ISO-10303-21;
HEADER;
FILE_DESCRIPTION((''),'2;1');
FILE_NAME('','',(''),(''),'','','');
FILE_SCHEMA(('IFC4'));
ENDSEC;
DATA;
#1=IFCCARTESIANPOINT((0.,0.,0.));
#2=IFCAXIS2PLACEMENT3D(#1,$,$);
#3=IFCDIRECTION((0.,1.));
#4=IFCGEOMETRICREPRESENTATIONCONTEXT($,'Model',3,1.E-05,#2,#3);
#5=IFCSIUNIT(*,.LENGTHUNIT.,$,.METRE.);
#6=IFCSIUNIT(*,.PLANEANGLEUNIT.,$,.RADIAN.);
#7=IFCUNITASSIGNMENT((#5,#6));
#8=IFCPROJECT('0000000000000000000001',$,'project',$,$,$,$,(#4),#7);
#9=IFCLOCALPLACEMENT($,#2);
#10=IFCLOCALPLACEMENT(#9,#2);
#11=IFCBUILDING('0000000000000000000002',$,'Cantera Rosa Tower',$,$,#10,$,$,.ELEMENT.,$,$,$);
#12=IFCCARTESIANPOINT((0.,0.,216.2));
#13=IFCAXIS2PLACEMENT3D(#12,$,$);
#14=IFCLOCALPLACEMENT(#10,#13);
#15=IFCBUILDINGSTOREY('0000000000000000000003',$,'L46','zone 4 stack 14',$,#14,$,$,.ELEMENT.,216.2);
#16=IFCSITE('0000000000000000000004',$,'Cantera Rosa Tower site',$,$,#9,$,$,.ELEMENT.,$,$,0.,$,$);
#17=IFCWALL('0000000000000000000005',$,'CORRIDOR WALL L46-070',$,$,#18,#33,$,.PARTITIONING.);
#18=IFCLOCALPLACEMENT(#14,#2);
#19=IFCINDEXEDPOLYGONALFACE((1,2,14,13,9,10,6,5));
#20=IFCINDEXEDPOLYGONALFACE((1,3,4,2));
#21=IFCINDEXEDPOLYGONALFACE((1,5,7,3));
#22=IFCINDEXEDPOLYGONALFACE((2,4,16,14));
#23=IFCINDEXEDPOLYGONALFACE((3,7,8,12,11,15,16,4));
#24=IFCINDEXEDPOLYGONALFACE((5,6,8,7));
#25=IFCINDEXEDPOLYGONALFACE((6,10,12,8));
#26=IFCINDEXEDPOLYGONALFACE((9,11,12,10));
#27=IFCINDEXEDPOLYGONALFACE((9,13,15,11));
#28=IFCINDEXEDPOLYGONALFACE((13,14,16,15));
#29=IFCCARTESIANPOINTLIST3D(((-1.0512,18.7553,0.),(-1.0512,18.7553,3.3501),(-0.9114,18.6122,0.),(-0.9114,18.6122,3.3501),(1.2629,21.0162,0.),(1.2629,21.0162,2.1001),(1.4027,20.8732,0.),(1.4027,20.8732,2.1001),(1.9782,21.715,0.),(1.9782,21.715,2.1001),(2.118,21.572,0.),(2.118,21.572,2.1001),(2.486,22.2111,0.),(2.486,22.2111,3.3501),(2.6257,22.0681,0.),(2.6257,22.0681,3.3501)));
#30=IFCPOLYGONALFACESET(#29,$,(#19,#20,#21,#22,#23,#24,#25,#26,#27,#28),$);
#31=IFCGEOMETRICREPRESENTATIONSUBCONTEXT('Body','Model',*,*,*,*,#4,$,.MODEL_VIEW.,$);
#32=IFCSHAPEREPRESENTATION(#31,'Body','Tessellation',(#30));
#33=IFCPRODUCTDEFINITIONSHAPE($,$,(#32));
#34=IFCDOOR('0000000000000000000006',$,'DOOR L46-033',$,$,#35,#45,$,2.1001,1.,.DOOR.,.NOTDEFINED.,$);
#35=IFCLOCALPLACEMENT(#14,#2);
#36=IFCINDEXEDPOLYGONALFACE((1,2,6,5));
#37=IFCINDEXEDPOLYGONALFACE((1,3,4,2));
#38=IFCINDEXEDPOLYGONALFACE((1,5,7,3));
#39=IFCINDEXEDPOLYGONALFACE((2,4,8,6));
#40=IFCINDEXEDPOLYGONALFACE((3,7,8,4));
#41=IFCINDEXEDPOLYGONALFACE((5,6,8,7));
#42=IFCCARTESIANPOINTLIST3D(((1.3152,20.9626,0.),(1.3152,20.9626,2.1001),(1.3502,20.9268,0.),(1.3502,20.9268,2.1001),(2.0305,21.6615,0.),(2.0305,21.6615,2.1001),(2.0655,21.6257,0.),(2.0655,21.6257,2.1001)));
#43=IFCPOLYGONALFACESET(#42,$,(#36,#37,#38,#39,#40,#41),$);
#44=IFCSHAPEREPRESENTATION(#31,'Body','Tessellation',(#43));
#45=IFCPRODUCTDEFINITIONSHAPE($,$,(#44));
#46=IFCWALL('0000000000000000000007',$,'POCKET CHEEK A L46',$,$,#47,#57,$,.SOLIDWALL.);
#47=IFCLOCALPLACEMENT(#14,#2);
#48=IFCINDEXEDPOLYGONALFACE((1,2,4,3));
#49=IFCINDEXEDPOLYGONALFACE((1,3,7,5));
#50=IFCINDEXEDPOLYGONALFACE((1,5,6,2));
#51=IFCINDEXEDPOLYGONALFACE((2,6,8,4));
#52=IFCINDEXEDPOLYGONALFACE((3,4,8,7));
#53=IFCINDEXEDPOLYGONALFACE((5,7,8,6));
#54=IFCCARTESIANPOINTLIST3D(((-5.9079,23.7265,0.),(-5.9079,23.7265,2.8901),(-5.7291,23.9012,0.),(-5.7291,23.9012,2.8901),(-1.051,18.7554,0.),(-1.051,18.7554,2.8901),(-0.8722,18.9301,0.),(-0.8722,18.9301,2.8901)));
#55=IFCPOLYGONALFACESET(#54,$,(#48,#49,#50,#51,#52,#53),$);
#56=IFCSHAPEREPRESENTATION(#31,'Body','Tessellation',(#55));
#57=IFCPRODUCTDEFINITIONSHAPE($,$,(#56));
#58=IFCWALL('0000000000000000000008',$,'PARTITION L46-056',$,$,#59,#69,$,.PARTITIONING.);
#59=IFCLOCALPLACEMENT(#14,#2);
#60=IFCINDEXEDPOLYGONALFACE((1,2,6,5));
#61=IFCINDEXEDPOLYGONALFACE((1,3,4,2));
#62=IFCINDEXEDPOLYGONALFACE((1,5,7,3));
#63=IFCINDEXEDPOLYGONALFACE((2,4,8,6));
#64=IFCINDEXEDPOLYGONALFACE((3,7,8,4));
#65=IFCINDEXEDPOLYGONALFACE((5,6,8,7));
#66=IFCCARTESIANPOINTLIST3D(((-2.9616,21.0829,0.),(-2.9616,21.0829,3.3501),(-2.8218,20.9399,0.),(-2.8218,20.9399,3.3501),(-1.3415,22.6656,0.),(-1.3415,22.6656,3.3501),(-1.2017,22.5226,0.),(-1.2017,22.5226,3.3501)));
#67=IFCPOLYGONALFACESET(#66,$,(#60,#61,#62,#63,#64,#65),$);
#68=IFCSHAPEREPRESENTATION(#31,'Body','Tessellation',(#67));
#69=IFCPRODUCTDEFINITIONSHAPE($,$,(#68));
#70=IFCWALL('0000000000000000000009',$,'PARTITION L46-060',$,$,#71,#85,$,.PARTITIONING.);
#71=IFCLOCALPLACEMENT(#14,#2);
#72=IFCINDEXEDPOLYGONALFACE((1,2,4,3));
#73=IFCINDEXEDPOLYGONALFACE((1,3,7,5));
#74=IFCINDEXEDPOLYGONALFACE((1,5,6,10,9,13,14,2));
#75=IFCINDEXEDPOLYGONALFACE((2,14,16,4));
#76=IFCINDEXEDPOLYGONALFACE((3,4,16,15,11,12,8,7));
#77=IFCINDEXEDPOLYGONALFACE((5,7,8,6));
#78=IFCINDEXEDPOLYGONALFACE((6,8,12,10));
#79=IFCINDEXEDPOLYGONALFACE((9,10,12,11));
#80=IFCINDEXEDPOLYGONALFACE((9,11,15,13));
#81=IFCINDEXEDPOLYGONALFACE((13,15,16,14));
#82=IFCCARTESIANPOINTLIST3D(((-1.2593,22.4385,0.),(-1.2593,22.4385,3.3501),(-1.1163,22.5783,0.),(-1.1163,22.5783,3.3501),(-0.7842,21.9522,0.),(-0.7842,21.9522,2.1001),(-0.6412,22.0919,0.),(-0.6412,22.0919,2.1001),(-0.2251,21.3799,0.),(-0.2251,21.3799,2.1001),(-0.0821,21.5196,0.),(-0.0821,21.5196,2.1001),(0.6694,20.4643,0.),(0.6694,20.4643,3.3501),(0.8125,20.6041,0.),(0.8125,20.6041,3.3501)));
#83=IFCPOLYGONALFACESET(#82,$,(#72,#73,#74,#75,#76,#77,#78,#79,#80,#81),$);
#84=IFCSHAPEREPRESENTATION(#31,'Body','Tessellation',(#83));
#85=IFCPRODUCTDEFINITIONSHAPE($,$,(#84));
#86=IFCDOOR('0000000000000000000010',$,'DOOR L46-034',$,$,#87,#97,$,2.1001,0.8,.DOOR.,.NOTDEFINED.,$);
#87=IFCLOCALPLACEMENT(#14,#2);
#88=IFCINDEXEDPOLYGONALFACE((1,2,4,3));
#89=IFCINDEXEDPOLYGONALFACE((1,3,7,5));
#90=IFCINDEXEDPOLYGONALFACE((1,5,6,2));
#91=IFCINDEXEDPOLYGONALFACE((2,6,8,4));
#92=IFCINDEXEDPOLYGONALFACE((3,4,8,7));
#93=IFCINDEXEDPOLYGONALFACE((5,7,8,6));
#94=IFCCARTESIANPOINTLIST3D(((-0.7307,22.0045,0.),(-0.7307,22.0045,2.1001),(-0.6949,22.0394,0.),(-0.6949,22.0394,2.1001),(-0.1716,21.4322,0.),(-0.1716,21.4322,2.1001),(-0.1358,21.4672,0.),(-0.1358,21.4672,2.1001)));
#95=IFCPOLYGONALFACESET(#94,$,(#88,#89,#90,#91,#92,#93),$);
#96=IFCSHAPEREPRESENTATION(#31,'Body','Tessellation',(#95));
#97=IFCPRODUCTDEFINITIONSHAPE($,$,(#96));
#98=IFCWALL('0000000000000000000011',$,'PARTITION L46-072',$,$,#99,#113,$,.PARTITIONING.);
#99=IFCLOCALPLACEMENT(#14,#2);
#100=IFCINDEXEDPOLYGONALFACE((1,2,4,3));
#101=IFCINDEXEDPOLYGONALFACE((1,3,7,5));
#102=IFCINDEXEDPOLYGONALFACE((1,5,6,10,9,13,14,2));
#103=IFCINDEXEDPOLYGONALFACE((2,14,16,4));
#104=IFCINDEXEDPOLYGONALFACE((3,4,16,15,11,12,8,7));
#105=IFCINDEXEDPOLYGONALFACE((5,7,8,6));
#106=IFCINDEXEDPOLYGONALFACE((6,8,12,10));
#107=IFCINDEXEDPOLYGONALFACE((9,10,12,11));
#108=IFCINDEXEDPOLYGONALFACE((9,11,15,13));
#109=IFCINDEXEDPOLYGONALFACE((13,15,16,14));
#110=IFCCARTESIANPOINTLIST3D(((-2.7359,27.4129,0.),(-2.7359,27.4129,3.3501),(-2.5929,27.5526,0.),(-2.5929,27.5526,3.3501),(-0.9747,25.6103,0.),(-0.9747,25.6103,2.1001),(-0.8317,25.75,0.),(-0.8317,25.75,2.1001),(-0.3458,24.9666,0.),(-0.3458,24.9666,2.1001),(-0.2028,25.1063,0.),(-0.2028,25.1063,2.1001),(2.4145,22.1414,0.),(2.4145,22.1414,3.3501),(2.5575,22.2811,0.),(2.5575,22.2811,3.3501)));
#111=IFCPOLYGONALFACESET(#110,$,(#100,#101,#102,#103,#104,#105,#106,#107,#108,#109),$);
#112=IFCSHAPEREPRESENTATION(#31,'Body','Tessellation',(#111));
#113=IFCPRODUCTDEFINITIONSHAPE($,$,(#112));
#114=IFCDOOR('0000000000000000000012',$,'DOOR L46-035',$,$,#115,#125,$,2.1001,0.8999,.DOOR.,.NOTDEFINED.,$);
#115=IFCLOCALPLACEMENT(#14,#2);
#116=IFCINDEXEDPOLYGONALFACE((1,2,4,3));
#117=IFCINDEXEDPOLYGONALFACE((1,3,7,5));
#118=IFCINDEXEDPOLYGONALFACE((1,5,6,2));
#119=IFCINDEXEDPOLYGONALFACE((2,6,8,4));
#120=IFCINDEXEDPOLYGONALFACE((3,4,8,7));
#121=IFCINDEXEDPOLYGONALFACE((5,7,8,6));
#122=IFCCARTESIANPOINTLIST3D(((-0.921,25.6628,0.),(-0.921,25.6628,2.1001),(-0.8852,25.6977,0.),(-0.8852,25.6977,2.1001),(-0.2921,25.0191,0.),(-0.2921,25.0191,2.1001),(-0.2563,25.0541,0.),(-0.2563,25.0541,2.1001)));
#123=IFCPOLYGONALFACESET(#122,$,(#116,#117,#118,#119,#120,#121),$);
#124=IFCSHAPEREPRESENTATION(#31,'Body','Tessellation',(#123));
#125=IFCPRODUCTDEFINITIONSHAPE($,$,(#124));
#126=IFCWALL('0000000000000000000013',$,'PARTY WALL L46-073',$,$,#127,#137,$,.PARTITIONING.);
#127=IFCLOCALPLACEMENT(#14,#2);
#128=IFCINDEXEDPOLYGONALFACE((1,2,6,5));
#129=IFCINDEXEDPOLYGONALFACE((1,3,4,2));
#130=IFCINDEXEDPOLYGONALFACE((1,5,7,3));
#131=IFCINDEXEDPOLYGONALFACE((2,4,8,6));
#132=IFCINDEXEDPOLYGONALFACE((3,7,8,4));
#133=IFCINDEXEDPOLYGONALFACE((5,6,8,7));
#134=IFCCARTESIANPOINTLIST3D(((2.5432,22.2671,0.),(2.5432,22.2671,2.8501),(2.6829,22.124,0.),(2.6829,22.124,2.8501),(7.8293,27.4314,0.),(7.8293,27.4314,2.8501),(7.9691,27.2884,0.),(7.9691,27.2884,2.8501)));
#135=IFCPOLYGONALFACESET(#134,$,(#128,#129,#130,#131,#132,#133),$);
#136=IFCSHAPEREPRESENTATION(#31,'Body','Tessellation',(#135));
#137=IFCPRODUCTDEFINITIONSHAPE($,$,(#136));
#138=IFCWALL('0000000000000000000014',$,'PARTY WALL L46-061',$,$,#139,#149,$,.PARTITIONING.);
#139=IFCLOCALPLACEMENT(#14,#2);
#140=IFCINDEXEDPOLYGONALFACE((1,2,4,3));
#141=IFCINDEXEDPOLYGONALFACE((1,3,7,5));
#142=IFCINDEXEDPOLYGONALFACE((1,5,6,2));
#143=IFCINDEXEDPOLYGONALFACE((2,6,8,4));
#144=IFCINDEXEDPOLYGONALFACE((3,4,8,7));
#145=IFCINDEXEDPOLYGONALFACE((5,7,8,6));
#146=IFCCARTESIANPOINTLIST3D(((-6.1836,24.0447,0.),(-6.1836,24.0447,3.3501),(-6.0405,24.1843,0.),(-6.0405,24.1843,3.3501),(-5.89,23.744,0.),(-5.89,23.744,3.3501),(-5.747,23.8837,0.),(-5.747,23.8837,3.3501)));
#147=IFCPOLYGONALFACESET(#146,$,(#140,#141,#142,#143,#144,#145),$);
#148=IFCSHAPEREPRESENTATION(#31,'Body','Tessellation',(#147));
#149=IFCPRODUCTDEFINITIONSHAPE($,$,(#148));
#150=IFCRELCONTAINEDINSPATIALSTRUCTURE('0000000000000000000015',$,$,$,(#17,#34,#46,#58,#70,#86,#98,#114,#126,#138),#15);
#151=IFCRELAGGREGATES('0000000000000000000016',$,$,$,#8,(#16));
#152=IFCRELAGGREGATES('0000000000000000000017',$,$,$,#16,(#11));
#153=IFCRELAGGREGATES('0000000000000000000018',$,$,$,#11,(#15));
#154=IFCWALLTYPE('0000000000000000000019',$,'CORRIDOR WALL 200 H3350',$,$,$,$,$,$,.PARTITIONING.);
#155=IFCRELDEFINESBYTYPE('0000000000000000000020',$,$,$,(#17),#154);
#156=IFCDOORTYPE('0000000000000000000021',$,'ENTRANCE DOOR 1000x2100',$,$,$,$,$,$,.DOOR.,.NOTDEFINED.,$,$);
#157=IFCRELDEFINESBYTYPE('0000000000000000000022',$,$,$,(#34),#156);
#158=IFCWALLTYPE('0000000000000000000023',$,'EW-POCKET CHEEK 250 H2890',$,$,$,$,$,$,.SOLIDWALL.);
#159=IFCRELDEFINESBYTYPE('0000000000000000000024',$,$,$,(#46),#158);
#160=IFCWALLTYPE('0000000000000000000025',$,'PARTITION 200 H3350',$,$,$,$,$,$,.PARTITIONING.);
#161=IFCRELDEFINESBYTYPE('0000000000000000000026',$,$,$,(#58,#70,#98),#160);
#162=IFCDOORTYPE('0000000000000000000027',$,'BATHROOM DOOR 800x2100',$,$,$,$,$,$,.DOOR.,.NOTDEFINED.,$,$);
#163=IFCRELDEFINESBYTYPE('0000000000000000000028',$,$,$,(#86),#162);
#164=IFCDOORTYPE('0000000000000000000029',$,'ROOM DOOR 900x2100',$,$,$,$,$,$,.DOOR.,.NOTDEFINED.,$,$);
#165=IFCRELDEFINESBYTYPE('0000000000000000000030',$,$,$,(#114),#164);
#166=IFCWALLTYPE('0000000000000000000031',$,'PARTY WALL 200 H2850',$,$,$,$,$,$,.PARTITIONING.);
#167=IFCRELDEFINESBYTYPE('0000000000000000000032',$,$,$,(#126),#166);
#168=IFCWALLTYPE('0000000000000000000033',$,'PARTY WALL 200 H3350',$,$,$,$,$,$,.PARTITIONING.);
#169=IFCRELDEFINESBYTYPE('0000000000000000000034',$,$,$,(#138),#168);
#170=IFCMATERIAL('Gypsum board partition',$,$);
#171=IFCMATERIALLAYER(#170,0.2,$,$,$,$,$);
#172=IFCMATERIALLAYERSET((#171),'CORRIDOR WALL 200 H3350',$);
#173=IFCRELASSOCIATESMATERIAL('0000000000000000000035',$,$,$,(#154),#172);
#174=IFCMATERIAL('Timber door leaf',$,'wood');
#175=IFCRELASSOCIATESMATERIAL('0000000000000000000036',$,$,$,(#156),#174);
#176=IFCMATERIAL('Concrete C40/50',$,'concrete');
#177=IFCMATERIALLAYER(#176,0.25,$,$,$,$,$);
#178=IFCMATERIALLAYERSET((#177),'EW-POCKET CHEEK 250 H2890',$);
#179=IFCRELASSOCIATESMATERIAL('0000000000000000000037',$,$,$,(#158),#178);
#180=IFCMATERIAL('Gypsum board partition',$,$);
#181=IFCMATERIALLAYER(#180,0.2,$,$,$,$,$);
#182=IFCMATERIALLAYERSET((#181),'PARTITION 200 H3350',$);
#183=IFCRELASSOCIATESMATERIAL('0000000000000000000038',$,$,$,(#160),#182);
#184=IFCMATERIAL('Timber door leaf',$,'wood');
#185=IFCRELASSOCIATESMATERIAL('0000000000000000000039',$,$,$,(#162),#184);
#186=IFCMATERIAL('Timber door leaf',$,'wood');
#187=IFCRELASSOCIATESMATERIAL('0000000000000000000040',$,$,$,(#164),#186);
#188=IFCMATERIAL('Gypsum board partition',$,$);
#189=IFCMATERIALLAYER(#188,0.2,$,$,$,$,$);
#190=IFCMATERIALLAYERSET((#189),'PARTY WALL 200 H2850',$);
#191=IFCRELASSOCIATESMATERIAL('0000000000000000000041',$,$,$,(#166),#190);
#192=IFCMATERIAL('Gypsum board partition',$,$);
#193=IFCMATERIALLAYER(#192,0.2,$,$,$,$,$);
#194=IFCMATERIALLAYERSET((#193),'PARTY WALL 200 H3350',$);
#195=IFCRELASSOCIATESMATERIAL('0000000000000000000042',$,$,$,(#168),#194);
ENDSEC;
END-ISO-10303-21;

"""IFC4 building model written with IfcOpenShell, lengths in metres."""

from ifc_helpers import new_model, si_unit, direction, frame, frame_2d, origin, place, context, subcontext, project, spatial, rectangle, extrude, material, layer, layer_set, type_object, element, fill, save


model = new_model("IFC4")

# Units and contexts
model_context = context("Model", 3, precision=1e-05, world=origin(), true_north=direction((0.0, 1.0)))
body_context = subcontext(model_context, "Body", "Model", "MODEL_VIEW")
ifc_project = project(units=[si_unit("LENGTHUNIT", "METRE"), si_unit("PLANEANGLEUNIT", "RADIAN")], contexts=[model_context])

# Site, building, storey
site_placement = place(None, origin())
site = spatial("IfcSite", under=ifc_project, at=site_placement, Name="Cantera Rosa Tower site", CompositionType="ELEMENT", RefElevation=0.0)
building_placement = place(site_placement, origin())
building = spatial("IfcBuilding", under=site, at=building_placement, Name="Cantera Rosa Tower", CompositionType="ELEMENT")
storey_placement = place(building_placement, frame((0.0, 0.0, 216.2)))
storey = spatial("IfcBuildingStorey", under=building, at=storey_placement, Name="L46", Description="zone 4 stack 14", CompositionType="ELEMENT", Elevation=216.2)

# Shared definitions
ifc_material_1 = material(Name="Gypsum board partition")
ifc_layer_1 = layer(ifc_material_1, 0.2)
ifc_layer_set_1 = layer_set([ifc_layer_1], Name="CORRIDOR WALL 200 H3350")
wall_type_1 = type_object("IfcWallType", Name="CORRIDOR WALL 200 H3350", PredefinedType="PARTITIONING", material=ifc_layer_set_1)

# Wall, opening, door
wall_1_placement = place(storey_placement, frame((2.5559, 22.1396, 0.0), z_axis=(0.0, 0.0, 1.0), x_axis=(-0.715279, -0.698839, 0.0)))
wall_1 = element("IfcWall", 1, at=wall_1_placement, inside=storey, type_object=wall_type_1, Name="CORRIDOR WALL L46-070", PredefinedType="PARTITIONING", context=body_context, shape_type="SweptSolid", body=[
    extrude(rectangle(XDim=4.9451, YDim=0.2, at=frame_2d((2.4727, 0.0))), origin(), (0.0, 0.0, 1.0), 3.3501),
])
opening_1_placement = place(wall_1_placement, frame((0.71, 0.0, 0.0)))
opening_1 = element("IfcOpeningElement", 2, at=opening_1_placement, cuts=wall_1, PredefinedType="OPENING", context=body_context, shape_type="SweptSolid", body=[
    extrude(rectangle(XDim=1.0, YDim=2.1001, at=frame_2d((0.5, 1.05))), frame((0.0, 0.1099, 0.0), z_axis=(0.0, -1.0, 0.0), x_axis=(1.0, 0.0, 0.0)), (0.0, 0.0, 1.0), 0.22),
])
ifc_material_2 = material(Name="Timber door leaf", Category="wood")
door_type_1 = type_object("IfcDoorType", Name="ENTRANCE DOOR 1000x2100", OperationType="NOTDEFINED", PredefinedType="DOOR", material=ifc_material_2)
door_1_placement = place(opening_1_placement, origin())
door_1 = element("IfcDoor", 3, at=door_1_placement, inside=storey, type_object=door_type_1, Name="DOOR L46-033", OperationType="NOTDEFINED", OverallHeight=2.1001, OverallWidth=1.0, PredefinedType="DOOR", context=body_context, shape_type="SweptSolid", body=[
    extrude(rectangle(XDim=1.0, YDim=2.1001, at=frame_2d((0.5, 1.05))), frame((0.0, 0.0249, 0.0), z_axis=(0.0, -1.0, 0.0), x_axis=(1.0, 0.0, 0.0)), (0.0, 0.0, 1.0), 0.05),
])
fill(opening_1, door_1)

# Wall
ifc_material_3 = material(Name="Concrete C40/50", Category="concrete")
ifc_layer_2 = layer(ifc_material_3, 0.25)
ifc_layer_set_2 = layer_set([ifc_layer_2], Name="EW-POCKET CHEEK 250 H2890")
wall_type_2 = type_object("IfcWallType", Name="EW-POCKET CHEEK 250 H2890", PredefinedType="SOLIDWALL", material=ifc_layer_set_2)
wall_2_placement = place(storey_placement, frame((-5.8186, 23.814, 0.0), z_axis=(0.0, 0.0, 1.0), x_axis=(0.698839, -0.715279, 0.0)))
element("IfcWall", 4, at=wall_2_placement, inside=storey, type_object=wall_type_2, Name="POCKET CHEEK A L46", PredefinedType="SOLIDWALL", context=body_context, shape_type="SweptSolid", body=[
    extrude(rectangle(XDim=6.95, YDim=0.25, at=frame_2d((3.4751, 0.0))), origin(), (0.0, 0.0, 1.0), 2.8901),
])

# Wall
ifc_material_4 = material(Name="Gypsum board partition")
ifc_layer_3 = layer(ifc_material_4, 0.2)
ifc_layer_set_3 = layer_set([ifc_layer_3], Name="PARTITION 200 H3350")
wall_type_3 = type_object("IfcWallType", Name="PARTITION 200 H3350", PredefinedType="PARTITIONING", material=ifc_layer_set_3)
wall_3_placement = place(storey_placement, frame((-2.8916, 21.0115, 0.0), z_axis=(0.0, 0.0, 1.0), x_axis=(0.715305, 0.698813, 0.0)))
element("IfcWall", 5, at=wall_3_placement, inside=storey, type_object=wall_type_3, Name="PARTITION L46-056", PredefinedType="PARTITIONING", context=body_context, shape_type="SweptSolid", body=[
    extrude(rectangle(XDim=2.2649, YDim=0.2, at=frame_2d((1.1323, 0.0))), origin(), (0.0, 0.0, 1.0), 3.3501),
])

# Walls, openings, doors
wall_4_placement = place(storey_placement, frame((-1.1877, 22.5083, 0.0), z_axis=(0.0, 0.0, 1.0), x_axis=(0.698832, -0.715286, 0.0)))
wall_4 = element("IfcWall", 6, at=wall_4_placement, inside=storey, type_object=wall_type_3, Name="PARTITION L46-060", PredefinedType="PARTITIONING", context=body_context, shape_type="SweptSolid", body=[
    extrude(rectangle(XDim=2.76, YDim=0.2, at=frame_2d((1.3799, 0.0))), origin(), (0.0, 0.0, 1.0), 3.3501),
])
opening_2_placement = place(wall_4_placement, frame((0.6799, 0.0, 0.0)))
opening_2 = element("IfcOpeningElement", 7, at=opening_2_placement, cuts=wall_4, PredefinedType="OPENING", context=body_context, shape_type="SweptSolid", body=[
    extrude(rectangle(XDim=0.8, YDim=2.1001, at=frame_2d((0.3999, 1.05))), frame((0.0, 0.1099, 0.0), z_axis=(0.0, -1.0, 0.0), x_axis=(1.0, 0.0, 0.0)), (0.0, 0.0, 1.0), 0.22),
])
ifc_material_5 = material(Name="Timber door leaf", Category="wood")
door_type_2 = type_object("IfcDoorType", Name="BATHROOM DOOR 800x2100", OperationType="NOTDEFINED", PredefinedType="DOOR", material=ifc_material_5)
door_2_placement = place(opening_2_placement, origin())
door_2 = element("IfcDoor", 8, at=door_2_placement, inside=storey, type_object=door_type_2, Name="DOOR L46-034", OperationType="NOTDEFINED", OverallHeight=2.1001, OverallWidth=0.8, PredefinedType="DOOR", context=body_context, shape_type="SweptSolid", body=[
    extrude(rectangle(XDim=0.8, YDim=2.1001, at=frame_2d((0.3999, 1.05))), frame((0.0, 0.0249, 0.0), z_axis=(0.0, -1.0, 0.0), x_axis=(1.0, 0.0, 0.0)), (0.0, 0.0, 1.0), 0.05),
])
fill(opening_2, door_2)
wall_5_placement = place(storey_placement, frame((2.4861, 22.2112, 0.0), z_axis=(0.0, 0.0, 1.0), x_axis=(-0.698844, 0.715275, 0.0)))
wall_5 = element("IfcWall", 9, at=wall_5_placement, inside=storey, type_object=wall_type_3, Name="PARTITION L46-072", PredefinedType="PARTITIONING", context=body_context, shape_type="SweptSolid", body=[
    extrude(rectangle(XDim=7.3699, YDim=0.2, at=frame_2d((3.6851, 0.0))), origin(), (0.0, 0.0, 1.0), 3.3501),
])
opening_3_placement = place(wall_5_placement, frame((3.95, 0.0, 0.0)))
opening_3 = element("IfcOpeningElement", 10, at=opening_3_placement, cuts=wall_5, PredefinedType="OPENING", context=body_context, shape_type="SweptSolid", body=[
    extrude(rectangle(XDim=0.8999, YDim=2.1001, at=frame_2d((0.45, 1.05))), frame((0.0, 0.1099, 0.0), z_axis=(0.0, -1.0, 0.0), x_axis=(1.0, 0.0, 0.0)), (0.0, 0.0, 1.0), 0.22),
])
ifc_material_6 = material(Name="Timber door leaf", Category="wood")
door_type_3 = type_object("IfcDoorType", Name="ROOM DOOR 900x2100", OperationType="NOTDEFINED", PredefinedType="DOOR", material=ifc_material_6)
door_3_placement = place(opening_3_placement, origin())
door_3 = element("IfcDoor", 11, at=door_3_placement, inside=storey, type_object=door_type_3, Name="DOOR L46-035", OperationType="NOTDEFINED", OverallHeight=2.1001, OverallWidth=0.8999, PredefinedType="DOOR", context=body_context, shape_type="SweptSolid", body=[
    extrude(rectangle(XDim=0.8999, YDim=2.1001, at=frame_2d((0.45, 1.05))), frame((0.0, 0.0249, 0.0), z_axis=(0.0, -1.0, 0.0), x_axis=(1.0, 0.0, 0.0)), (0.0, 0.0, 1.0), 0.05),
])
fill(opening_3, door_3)

# Walls
ifc_material_7 = material(Name="Gypsum board partition")
ifc_layer_4 = layer(ifc_material_7, 0.2)
ifc_layer_set_4 = layer_set([ifc_layer_4], Name="PARTY WALL 200 H2850")
wall_type_4 = type_object("IfcWallType", Name="PARTY WALL 200 H2850", PredefinedType="PARTITIONING", material=ifc_layer_set_4)
wall_6_placement = place(storey_placement, frame((2.613, 22.1956, 0.0), z_axis=(0.0, 0.0, 1.0), x_axis=(0.715301, 0.698816, 0.0)))
element("IfcWall", 12, at=wall_6_placement, inside=storey, type_object=wall_type_4, Name="PARTY WALL L46-073", PredefinedType="PARTITIONING", context=body_context, shape_type="SweptSolid", body=[
    extrude(rectangle(XDim=7.3901, YDim=0.2, at=frame_2d((3.6951, 0.0))), origin(), (0.0, 0.0, 1.0), 2.8501),
])
ifc_material_8 = material(Name="Gypsum board partition")
ifc_layer_5 = layer(ifc_material_8, 0.2)
ifc_layer_set_5 = layer_set([ifc_layer_5], Name="PARTY WALL 200 H3350")
wall_type_5 = type_object("IfcWallType", Name="PARTY WALL 200 H3350", PredefinedType="PARTITIONING", material=ifc_layer_set_5)
wall_7_placement = place(storey_placement, frame((-5.8186, 23.814, 0.0), z_axis=(0.0, 0.0, 1.0), x_axis=(-0.698629, 0.715484, 0.0)))
element("IfcWall", 13, at=wall_7_placement, inside=storey, type_object=wall_type_5, Name="PARTY WALL L46-061", PredefinedType="PARTITIONING", context=body_context, shape_type="SweptSolid", body=[
    extrude(rectangle(XDim=0.4202, YDim=0.2, at=frame_2d((0.21, 0.0))), origin(), (0.0, 0.0, 1.0), 3.3501),
])

save(model, "model.ifc")
